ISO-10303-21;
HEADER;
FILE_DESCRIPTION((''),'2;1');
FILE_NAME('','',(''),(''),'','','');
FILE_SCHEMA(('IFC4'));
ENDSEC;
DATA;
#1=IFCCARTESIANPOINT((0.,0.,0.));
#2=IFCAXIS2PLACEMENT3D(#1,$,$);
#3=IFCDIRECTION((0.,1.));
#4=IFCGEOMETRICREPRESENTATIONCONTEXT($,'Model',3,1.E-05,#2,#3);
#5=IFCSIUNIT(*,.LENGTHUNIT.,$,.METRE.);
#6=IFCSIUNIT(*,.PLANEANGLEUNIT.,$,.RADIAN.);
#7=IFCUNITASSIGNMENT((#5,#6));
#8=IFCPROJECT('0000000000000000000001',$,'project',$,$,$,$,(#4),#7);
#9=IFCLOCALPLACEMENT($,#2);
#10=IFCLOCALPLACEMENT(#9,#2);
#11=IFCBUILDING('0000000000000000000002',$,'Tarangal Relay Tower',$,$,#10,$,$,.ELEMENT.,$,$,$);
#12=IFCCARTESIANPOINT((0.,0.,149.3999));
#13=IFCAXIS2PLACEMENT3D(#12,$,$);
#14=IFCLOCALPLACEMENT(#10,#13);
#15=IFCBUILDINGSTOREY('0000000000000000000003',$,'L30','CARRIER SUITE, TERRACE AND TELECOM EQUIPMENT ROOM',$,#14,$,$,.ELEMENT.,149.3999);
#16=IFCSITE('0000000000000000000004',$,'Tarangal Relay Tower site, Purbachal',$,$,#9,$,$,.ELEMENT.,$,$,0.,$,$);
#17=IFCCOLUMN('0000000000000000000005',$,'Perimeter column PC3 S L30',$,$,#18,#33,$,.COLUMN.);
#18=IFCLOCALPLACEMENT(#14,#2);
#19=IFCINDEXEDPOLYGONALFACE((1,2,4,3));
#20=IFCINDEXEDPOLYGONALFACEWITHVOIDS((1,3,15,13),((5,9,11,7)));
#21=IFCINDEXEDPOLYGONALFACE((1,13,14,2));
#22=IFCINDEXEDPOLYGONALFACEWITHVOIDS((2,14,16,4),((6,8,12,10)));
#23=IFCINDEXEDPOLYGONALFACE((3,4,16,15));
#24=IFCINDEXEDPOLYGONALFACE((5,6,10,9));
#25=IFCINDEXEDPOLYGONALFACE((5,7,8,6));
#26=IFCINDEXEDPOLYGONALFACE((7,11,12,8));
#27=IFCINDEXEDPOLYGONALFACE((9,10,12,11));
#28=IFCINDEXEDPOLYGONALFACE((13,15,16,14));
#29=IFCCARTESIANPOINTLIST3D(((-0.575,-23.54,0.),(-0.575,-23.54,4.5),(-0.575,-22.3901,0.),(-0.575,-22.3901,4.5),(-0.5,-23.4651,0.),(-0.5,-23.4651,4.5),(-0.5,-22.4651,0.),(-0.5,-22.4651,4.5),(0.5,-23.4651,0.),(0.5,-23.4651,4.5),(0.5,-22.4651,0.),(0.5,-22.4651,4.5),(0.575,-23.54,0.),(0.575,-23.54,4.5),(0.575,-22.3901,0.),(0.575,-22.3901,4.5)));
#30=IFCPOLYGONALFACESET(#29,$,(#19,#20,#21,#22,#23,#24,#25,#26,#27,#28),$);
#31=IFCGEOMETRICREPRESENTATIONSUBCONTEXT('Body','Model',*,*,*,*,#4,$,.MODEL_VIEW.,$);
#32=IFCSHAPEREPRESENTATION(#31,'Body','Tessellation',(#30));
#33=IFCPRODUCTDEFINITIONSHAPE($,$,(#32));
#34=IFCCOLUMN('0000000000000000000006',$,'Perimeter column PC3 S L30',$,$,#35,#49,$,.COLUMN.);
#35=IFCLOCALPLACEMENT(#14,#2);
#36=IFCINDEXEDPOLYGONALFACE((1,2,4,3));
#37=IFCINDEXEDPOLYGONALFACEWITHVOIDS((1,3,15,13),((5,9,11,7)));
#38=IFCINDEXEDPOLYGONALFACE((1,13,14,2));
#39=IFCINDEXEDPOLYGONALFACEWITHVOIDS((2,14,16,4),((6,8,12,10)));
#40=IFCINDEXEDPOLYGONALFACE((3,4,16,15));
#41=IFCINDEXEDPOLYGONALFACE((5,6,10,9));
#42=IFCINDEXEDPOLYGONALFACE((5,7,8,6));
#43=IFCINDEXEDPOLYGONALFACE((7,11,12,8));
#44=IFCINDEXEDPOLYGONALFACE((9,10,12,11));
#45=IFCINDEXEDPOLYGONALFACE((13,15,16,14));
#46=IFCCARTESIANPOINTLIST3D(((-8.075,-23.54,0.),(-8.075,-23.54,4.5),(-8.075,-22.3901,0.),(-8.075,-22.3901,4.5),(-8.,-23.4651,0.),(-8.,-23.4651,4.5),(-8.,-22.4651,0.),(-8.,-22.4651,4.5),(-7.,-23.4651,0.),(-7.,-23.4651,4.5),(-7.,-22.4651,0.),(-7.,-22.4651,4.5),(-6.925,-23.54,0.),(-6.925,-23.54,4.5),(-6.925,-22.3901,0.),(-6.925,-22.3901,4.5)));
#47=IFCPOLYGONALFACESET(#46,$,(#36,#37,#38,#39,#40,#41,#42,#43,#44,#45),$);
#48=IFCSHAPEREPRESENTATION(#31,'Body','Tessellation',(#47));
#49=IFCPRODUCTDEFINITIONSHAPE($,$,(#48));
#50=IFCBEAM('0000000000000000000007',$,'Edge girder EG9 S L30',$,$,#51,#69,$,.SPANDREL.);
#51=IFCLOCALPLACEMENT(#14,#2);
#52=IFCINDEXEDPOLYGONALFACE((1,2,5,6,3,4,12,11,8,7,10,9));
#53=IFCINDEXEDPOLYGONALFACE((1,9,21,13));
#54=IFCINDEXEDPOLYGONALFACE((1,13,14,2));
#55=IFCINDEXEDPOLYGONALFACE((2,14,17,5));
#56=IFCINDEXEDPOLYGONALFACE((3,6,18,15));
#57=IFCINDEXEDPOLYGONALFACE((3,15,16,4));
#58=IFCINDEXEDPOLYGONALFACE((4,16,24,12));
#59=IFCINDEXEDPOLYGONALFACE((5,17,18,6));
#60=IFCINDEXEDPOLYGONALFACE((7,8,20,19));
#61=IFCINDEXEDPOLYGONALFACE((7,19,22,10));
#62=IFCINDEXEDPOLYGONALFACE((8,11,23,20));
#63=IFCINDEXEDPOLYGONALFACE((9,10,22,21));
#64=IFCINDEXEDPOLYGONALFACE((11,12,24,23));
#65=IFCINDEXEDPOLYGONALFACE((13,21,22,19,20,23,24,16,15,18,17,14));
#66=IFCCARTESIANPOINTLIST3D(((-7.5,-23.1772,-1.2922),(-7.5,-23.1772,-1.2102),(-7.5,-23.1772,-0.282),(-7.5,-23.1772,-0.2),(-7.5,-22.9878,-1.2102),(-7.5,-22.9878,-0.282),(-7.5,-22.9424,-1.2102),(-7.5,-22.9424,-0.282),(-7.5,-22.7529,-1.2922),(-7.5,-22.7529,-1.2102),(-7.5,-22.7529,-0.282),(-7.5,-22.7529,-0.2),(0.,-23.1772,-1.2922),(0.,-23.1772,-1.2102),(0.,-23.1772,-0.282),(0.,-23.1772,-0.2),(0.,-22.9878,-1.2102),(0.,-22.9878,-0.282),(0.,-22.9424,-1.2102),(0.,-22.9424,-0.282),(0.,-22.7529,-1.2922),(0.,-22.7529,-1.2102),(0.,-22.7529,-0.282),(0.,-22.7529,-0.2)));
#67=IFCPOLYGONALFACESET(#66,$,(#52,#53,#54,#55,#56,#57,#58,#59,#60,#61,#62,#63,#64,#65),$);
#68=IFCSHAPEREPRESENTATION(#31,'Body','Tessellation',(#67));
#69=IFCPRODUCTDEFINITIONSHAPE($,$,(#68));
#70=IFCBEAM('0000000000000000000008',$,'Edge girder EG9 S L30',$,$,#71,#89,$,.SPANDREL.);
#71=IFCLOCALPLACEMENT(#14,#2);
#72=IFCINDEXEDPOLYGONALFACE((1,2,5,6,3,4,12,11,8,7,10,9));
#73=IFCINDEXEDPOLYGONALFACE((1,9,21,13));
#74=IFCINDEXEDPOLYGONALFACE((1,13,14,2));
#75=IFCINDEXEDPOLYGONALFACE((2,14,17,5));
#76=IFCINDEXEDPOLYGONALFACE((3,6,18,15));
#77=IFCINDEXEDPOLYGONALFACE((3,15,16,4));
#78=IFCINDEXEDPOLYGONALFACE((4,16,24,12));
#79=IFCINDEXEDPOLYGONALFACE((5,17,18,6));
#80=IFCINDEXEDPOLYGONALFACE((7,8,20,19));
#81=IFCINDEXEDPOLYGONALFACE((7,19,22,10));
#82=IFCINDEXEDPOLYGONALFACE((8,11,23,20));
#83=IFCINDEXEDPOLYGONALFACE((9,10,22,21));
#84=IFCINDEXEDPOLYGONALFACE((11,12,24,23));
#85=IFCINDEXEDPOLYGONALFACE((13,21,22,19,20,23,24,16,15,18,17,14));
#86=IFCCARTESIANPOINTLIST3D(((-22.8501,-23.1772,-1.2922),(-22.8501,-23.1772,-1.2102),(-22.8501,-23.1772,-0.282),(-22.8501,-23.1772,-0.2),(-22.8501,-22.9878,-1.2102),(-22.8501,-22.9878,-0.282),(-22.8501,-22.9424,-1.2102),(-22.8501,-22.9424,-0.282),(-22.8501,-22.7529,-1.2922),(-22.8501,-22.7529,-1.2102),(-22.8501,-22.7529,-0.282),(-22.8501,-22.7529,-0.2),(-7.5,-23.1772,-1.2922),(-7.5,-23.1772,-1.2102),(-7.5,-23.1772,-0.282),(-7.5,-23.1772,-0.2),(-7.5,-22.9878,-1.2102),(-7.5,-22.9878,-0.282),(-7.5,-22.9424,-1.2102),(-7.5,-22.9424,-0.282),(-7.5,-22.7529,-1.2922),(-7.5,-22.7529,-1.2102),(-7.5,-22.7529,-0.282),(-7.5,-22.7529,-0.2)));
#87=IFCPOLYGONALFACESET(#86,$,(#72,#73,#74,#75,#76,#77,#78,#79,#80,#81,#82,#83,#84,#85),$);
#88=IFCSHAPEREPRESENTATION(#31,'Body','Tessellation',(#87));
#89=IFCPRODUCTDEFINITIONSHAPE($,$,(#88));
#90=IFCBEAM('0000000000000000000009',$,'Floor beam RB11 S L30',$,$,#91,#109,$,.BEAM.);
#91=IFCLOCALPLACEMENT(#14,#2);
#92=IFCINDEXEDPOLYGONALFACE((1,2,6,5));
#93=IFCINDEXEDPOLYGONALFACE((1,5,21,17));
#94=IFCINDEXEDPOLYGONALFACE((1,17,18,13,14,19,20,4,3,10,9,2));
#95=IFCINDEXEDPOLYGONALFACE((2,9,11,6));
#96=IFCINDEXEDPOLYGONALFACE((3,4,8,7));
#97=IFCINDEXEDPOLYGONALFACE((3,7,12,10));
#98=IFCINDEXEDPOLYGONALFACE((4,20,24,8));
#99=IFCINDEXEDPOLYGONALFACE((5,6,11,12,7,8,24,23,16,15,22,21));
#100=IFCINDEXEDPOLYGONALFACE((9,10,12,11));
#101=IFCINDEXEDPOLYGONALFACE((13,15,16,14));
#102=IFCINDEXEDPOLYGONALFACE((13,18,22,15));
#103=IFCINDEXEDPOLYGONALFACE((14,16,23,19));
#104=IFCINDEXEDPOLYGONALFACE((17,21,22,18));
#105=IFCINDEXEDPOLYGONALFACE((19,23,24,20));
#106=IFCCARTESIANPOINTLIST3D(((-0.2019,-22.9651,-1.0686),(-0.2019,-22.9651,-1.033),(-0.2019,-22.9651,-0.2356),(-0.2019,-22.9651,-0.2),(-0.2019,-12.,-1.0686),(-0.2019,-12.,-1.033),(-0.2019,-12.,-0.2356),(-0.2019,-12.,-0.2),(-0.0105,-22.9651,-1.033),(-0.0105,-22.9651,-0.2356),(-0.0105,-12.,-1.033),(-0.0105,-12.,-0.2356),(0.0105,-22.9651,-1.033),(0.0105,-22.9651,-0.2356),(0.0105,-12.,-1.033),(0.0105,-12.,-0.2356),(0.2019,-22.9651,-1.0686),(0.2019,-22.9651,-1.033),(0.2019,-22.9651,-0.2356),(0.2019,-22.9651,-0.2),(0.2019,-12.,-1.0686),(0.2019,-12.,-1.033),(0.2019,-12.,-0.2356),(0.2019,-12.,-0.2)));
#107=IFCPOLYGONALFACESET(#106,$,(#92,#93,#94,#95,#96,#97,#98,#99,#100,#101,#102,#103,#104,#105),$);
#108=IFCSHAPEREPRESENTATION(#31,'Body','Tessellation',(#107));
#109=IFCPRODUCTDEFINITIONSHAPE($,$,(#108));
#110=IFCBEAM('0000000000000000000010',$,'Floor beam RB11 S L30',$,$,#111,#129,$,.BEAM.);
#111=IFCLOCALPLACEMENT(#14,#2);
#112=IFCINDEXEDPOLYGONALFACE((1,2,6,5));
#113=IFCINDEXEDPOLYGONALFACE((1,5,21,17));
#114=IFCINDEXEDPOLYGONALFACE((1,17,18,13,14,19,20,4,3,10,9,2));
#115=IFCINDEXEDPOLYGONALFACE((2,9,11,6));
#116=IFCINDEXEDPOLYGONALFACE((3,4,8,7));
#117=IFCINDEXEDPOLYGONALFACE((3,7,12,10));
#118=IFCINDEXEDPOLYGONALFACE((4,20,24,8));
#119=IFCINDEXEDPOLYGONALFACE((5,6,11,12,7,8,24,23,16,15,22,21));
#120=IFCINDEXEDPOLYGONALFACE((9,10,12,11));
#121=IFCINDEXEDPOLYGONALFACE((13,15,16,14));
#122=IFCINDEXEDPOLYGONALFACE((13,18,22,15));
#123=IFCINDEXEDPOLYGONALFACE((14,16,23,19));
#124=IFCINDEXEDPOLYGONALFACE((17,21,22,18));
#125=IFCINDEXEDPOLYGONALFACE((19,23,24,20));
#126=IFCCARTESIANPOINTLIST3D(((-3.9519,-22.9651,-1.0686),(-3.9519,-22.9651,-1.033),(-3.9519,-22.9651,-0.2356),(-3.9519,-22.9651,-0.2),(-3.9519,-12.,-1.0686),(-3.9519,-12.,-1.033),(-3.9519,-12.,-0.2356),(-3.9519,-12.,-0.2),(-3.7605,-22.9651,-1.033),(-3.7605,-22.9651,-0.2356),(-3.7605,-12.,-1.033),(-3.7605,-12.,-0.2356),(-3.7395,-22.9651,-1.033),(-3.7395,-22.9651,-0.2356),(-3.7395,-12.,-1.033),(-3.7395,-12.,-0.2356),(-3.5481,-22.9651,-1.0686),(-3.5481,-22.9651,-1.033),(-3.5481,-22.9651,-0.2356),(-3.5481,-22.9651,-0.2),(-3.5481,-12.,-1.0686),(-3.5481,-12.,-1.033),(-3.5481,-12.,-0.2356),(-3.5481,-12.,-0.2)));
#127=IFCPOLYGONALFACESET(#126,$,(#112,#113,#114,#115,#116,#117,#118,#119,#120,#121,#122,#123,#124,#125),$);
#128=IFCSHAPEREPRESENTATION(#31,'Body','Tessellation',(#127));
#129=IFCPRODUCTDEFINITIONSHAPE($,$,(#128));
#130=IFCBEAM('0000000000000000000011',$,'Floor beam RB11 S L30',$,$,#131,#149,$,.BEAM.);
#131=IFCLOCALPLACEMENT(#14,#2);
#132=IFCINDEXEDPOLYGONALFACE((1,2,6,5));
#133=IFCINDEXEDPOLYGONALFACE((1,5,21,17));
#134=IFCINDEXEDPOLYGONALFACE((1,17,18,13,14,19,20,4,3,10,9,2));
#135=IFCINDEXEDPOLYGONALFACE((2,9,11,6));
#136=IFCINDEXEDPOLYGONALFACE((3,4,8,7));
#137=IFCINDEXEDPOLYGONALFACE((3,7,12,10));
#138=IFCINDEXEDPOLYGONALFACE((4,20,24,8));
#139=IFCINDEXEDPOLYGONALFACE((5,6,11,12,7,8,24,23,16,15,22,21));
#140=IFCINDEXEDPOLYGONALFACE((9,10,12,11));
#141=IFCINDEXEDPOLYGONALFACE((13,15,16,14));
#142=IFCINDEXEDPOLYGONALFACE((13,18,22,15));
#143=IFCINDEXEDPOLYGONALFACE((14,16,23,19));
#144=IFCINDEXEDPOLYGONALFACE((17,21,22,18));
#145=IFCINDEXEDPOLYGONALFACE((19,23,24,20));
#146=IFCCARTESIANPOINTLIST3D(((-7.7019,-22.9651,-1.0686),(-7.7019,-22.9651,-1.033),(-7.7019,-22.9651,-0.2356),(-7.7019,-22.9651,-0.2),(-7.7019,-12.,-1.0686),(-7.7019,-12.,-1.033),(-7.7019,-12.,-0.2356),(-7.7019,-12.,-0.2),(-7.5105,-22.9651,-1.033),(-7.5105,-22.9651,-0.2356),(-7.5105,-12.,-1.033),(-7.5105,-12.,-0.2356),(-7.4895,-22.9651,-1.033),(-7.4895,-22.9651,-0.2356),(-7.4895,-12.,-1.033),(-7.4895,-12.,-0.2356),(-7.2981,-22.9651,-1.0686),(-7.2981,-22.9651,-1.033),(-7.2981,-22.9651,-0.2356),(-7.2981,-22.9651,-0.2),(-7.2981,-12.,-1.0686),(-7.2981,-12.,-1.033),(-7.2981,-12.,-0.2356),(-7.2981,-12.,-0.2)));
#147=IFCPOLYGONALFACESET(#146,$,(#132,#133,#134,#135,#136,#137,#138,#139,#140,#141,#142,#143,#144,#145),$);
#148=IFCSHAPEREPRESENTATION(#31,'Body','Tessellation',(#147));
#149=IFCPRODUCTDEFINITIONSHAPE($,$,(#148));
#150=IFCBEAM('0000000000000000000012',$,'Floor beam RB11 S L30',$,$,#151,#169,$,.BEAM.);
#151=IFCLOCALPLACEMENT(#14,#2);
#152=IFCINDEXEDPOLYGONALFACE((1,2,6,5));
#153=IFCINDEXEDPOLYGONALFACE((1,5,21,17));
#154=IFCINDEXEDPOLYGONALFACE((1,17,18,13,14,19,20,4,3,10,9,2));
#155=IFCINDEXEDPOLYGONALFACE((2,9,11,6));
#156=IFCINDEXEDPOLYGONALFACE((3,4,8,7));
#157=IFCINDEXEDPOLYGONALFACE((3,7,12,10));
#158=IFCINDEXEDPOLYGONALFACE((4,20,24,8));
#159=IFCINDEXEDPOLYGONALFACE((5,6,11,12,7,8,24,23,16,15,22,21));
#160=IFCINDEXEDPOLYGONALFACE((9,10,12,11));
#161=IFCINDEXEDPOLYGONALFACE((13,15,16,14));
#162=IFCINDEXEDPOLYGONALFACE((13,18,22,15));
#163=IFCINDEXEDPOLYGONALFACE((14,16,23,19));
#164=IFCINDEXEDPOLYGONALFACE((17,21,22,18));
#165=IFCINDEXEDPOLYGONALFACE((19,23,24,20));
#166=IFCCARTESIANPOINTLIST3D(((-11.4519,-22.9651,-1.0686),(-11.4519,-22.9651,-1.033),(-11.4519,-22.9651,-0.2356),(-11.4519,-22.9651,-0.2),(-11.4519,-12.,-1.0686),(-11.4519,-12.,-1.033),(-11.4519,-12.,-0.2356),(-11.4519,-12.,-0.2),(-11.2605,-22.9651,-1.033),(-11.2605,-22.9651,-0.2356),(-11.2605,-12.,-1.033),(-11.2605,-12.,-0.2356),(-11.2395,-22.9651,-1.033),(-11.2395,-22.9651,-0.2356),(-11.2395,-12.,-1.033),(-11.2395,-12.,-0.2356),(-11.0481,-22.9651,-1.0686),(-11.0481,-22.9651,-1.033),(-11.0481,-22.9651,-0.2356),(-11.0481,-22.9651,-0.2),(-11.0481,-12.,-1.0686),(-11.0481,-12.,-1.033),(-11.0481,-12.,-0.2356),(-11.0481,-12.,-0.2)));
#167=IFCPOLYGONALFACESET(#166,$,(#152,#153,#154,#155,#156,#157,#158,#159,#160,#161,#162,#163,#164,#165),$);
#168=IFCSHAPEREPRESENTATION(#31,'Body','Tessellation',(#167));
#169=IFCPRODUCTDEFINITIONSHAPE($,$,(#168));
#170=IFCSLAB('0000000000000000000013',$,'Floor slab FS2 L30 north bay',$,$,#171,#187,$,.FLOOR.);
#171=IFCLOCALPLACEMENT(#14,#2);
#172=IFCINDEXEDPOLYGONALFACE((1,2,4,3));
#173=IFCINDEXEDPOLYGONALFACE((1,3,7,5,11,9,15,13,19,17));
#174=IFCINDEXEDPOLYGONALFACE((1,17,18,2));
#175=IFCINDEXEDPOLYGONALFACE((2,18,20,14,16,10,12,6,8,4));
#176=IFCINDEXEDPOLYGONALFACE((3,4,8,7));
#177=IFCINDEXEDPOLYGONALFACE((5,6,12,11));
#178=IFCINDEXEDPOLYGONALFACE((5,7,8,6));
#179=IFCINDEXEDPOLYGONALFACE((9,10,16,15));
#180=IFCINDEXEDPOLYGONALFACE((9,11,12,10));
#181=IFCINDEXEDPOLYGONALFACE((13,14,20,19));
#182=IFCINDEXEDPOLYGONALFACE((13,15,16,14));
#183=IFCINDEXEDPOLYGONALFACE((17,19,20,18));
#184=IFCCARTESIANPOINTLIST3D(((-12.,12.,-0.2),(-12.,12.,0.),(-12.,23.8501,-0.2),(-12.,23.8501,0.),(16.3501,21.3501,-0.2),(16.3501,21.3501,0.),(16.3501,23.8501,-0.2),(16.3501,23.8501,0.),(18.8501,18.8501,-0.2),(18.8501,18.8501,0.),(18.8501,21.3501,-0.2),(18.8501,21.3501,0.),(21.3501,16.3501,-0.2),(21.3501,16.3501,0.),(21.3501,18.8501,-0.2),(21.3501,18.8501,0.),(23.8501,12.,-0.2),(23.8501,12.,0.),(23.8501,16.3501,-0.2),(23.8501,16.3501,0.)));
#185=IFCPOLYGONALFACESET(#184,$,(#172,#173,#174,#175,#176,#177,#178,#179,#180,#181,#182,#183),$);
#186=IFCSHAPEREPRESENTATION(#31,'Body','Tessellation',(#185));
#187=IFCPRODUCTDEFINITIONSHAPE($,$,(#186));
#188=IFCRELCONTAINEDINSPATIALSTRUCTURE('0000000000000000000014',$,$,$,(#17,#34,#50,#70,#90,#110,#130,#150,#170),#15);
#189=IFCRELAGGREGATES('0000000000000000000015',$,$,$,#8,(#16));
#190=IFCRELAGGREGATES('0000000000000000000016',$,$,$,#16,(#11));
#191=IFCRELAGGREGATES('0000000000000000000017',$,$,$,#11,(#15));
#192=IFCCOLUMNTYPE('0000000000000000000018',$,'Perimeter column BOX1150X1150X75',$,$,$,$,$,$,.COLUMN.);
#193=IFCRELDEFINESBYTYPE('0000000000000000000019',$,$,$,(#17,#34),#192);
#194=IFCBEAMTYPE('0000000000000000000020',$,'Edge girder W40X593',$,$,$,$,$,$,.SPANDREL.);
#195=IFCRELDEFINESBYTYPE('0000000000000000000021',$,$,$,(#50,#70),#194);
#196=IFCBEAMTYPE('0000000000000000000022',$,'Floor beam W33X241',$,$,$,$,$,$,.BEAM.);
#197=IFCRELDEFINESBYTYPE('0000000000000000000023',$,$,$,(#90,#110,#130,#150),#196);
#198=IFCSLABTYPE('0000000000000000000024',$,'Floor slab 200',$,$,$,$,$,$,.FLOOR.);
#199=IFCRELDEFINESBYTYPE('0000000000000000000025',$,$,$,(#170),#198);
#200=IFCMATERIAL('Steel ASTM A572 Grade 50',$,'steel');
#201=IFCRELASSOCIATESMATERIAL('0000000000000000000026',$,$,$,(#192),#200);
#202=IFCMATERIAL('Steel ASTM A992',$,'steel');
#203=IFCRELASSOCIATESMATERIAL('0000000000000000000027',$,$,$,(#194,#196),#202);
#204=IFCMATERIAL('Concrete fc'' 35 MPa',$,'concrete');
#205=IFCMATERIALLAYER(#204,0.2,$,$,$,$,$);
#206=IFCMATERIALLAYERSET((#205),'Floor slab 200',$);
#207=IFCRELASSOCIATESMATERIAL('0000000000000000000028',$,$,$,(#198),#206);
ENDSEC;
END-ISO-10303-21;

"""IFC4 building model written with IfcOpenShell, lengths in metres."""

from ifc_helpers import new_model, si_unit, direction, frame, origin, origin_2d, place, context, subcontext, project, spatial, polyline, hollow_rectangle, i_section, outline, extrude, material, layer, layer_set, material_profile, profile_set, type_object, element, save


model = new_model("IFC4")

# Units and contexts
model_context = context("Model", 3, precision=1e-05, world=origin(), true_north=direction((0.0, 1.0)))
body_context = subcontext(model_context, "Body", "Model", "MODEL_VIEW")
ifc_project = project(units=[si_unit("LENGTHUNIT", "METRE"), si_unit("PLANEANGLEUNIT", "RADIAN")], contexts=[model_context])

# Site, building, storey
site_placement = place(None, origin())
site = spatial("IfcSite", under=ifc_project, at=site_placement, Name="Tarangal Relay Tower site, Purbachal", CompositionType="ELEMENT", RefElevation=0.0)
building_placement = place(site_placement, origin())
building = spatial("IfcBuilding", under=site, at=building_placement, Name="Tarangal Relay Tower", CompositionType="ELEMENT")
storey_placement = place(building_placement, frame((0.0, 0.0, 149.3999)))
storey = spatial("IfcBuildingStorey", under=building, at=storey_placement, Name="L30", Description="CARRIER SUITE, TERRACE AND TELECOM EQUIPMENT ROOM", CompositionType="ELEMENT", Elevation=149.3999)

# Columns
ifc_material_1 = material(Name="Steel ASTM A572 Grade 50", Category="steel")
ifc_material_profile_1 = material_profile(ifc_material_1, hollow_rectangle(XDim=1.1499, YDim=1.1499, WallThickness=0.075, at=origin_2d()), Name="BOX1150X1150X75")
ifc_profile_set_1 = profile_set([ifc_material_profile_1], Name="Steel ASTM A572 Grade 50")
column_type = type_object("IfcColumnType", Name="Perimeter column BOX1150X1150X75", PredefinedType="COLUMN", material=ifc_profile_set_1)
for number, where, z_axis, x_axis, name in (
    (1, (0.0, -22.9651, 0.0), (0.0, 0.0, 1.0), (1.0, 0.0, 0.0), "Perimeter column PC3 S L30"),
    (2, (-7.5, -22.9651, 0.0), (0.0, 0.0, 1.0), (1.0, 0.0, 0.0), "Perimeter column PC3 S L30"),
):
    element("IfcColumn", number, at=place(storey_placement, frame(where, z_axis=z_axis, x_axis=x_axis)), inside=storey, type_object=column_type, Name=name, PredefinedType="COLUMN", context=body_context, shape_type="SweptSolid", body=[
        extrude(hollow_rectangle(XDim=1.1499, YDim=1.1499, WallThickness=0.075, at=origin_2d()), origin(), (0.0, 0.0, 1.0), 4.5),
    ])

# Beams
ifc_material_2 = material(Name="Steel ASTM A992", Category="steel")
ifc_material_profile_2 = material_profile(ifc_material_2, i_section(OverallWidth=0.4243, OverallDepth=1.0923, WebThickness=0.0454, FlangeThickness=0.082, at=origin_2d()), Name="W40X593")
ifc_profile_set_2 = profile_set([ifc_material_profile_2], Name="Steel ASTM A992")
beam_type_1 = type_object("IfcBeamType", Name="Edge girder W40X593", PredefinedType="SPANDREL", material=ifc_profile_set_2)
beam_1_placement = place(storey_placement, frame((0.0, -22.9651, -0.7461), z_axis=(-1.0, 0.0, 0.0), x_axis=(0.0, -1.0, 0.0)))
element("IfcBeam", 3, at=beam_1_placement, inside=storey, type_object=beam_type_1, Name="Edge girder EG9 S L30", PredefinedType="SPANDREL", context=body_context, shape_type="SweptSolid", body=[
    extrude(i_section(OverallWidth=0.4243, OverallDepth=1.0923, WebThickness=0.0454, FlangeThickness=0.082, at=origin_2d()), origin(), (0.0, 0.0, 1.0), 7.5),
])
beam_2_placement = place(storey_placement, frame((-7.5, -22.9651, -0.7461), z_axis=(-1.0, 0.0, 0.0), x_axis=(0.0, -1.0, 0.0)))
element("IfcBeam", 4, at=beam_2_placement, inside=storey, type_object=beam_type_1, Name="Edge girder EG9 S L30", PredefinedType="SPANDREL", context=body_context, shape_type="SweptSolid", body=[
    extrude(i_section(OverallWidth=0.4243, OverallDepth=1.0923, WebThickness=0.0454, FlangeThickness=0.082, at=origin_2d()), origin(), (0.0, 0.0, 1.0), 15.3501),
])
ifc_material_profile_3 = material_profile(ifc_material_2, i_section(OverallWidth=0.4038, OverallDepth=0.8687, WebThickness=0.021, FlangeThickness=0.0356, at=origin_2d()), Name="W33X241")
ifc_profile_set_3 = profile_set([ifc_material_profile_3], Name="Steel ASTM A992")
beam_type_2 = type_object("IfcBeamType", Name="Floor beam W33X241", PredefinedType="BEAM", material=ifc_profile_set_3)
for number, where, z_axis, x_axis, name in (
    (5, (0.0, -12.0, -0.6343), (0.0, -1.0, 0.0), (1.0, 0.0, 0.0), "Floor beam RB11 S L30"),
    (6, (-3.75, -12.0, -0.6343), (0.0, -1.0, 0.0), (1.0, 0.0, 0.0), "Floor beam RB11 S L30"),
    (7, (-7.5, -12.0, -0.6343), (0.0, -1.0, 0.0), (1.0, 0.0, 0.0), "Floor beam RB11 S L30"),
    (8, (-11.25, -12.0, -0.6343), (0.0, -1.0, 0.0), (1.0, 0.0, 0.0), "Floor beam RB11 S L30"),
):
    element("IfcBeam", number, at=place(storey_placement, frame(where, z_axis=z_axis, x_axis=x_axis)), inside=storey, type_object=beam_type_2, Name=name, PredefinedType="BEAM", context=body_context, shape_type="SweptSolid", body=[
        extrude(i_section(OverallWidth=0.4038, OverallDepth=0.8687, WebThickness=0.021, FlangeThickness=0.0356, at=origin_2d()), origin(), (0.0, 0.0, 1.0), 10.9651),
    ])

# Slab
ifc_material_3 = material(Name="Concrete fc' 35 MPa", Category="concrete")
ifc_layer_1 = layer(ifc_material_3, 0.2)
ifc_layer_set_1 = layer_set([ifc_layer_1], Name="Floor slab 200")
slab_type = type_object("IfcSlabType", Name="Floor slab 200", PredefinedType="FLOOR", material=ifc_layer_set_1)
slab_1_placement = place(storey_placement, frame((0.0, 0.0, -0.2)))
element("IfcSlab", 9, at=slab_1_placement, inside=storey, type_object=slab_type, Name="Floor slab FS2 L30 north bay", PredefinedType="FLOOR", context=body_context, shape_type="SweptSolid", body=[
    extrude(outline(polyline([(16.3501, 23.8501), (16.3501, 21.3501), (18.8501, 21.3501), (18.8501, 18.8501), (21.3501, 18.8501), (21.3501, 16.3501), (23.8501, 16.3501), (23.8501, 12.0), (-12.0, 12.0), (-12.0, 23.8501), (16.3501, 23.8501)])), origin(), (0.0, 0.0, 1.0), 0.2),
])

save(model, "model.ifc")
